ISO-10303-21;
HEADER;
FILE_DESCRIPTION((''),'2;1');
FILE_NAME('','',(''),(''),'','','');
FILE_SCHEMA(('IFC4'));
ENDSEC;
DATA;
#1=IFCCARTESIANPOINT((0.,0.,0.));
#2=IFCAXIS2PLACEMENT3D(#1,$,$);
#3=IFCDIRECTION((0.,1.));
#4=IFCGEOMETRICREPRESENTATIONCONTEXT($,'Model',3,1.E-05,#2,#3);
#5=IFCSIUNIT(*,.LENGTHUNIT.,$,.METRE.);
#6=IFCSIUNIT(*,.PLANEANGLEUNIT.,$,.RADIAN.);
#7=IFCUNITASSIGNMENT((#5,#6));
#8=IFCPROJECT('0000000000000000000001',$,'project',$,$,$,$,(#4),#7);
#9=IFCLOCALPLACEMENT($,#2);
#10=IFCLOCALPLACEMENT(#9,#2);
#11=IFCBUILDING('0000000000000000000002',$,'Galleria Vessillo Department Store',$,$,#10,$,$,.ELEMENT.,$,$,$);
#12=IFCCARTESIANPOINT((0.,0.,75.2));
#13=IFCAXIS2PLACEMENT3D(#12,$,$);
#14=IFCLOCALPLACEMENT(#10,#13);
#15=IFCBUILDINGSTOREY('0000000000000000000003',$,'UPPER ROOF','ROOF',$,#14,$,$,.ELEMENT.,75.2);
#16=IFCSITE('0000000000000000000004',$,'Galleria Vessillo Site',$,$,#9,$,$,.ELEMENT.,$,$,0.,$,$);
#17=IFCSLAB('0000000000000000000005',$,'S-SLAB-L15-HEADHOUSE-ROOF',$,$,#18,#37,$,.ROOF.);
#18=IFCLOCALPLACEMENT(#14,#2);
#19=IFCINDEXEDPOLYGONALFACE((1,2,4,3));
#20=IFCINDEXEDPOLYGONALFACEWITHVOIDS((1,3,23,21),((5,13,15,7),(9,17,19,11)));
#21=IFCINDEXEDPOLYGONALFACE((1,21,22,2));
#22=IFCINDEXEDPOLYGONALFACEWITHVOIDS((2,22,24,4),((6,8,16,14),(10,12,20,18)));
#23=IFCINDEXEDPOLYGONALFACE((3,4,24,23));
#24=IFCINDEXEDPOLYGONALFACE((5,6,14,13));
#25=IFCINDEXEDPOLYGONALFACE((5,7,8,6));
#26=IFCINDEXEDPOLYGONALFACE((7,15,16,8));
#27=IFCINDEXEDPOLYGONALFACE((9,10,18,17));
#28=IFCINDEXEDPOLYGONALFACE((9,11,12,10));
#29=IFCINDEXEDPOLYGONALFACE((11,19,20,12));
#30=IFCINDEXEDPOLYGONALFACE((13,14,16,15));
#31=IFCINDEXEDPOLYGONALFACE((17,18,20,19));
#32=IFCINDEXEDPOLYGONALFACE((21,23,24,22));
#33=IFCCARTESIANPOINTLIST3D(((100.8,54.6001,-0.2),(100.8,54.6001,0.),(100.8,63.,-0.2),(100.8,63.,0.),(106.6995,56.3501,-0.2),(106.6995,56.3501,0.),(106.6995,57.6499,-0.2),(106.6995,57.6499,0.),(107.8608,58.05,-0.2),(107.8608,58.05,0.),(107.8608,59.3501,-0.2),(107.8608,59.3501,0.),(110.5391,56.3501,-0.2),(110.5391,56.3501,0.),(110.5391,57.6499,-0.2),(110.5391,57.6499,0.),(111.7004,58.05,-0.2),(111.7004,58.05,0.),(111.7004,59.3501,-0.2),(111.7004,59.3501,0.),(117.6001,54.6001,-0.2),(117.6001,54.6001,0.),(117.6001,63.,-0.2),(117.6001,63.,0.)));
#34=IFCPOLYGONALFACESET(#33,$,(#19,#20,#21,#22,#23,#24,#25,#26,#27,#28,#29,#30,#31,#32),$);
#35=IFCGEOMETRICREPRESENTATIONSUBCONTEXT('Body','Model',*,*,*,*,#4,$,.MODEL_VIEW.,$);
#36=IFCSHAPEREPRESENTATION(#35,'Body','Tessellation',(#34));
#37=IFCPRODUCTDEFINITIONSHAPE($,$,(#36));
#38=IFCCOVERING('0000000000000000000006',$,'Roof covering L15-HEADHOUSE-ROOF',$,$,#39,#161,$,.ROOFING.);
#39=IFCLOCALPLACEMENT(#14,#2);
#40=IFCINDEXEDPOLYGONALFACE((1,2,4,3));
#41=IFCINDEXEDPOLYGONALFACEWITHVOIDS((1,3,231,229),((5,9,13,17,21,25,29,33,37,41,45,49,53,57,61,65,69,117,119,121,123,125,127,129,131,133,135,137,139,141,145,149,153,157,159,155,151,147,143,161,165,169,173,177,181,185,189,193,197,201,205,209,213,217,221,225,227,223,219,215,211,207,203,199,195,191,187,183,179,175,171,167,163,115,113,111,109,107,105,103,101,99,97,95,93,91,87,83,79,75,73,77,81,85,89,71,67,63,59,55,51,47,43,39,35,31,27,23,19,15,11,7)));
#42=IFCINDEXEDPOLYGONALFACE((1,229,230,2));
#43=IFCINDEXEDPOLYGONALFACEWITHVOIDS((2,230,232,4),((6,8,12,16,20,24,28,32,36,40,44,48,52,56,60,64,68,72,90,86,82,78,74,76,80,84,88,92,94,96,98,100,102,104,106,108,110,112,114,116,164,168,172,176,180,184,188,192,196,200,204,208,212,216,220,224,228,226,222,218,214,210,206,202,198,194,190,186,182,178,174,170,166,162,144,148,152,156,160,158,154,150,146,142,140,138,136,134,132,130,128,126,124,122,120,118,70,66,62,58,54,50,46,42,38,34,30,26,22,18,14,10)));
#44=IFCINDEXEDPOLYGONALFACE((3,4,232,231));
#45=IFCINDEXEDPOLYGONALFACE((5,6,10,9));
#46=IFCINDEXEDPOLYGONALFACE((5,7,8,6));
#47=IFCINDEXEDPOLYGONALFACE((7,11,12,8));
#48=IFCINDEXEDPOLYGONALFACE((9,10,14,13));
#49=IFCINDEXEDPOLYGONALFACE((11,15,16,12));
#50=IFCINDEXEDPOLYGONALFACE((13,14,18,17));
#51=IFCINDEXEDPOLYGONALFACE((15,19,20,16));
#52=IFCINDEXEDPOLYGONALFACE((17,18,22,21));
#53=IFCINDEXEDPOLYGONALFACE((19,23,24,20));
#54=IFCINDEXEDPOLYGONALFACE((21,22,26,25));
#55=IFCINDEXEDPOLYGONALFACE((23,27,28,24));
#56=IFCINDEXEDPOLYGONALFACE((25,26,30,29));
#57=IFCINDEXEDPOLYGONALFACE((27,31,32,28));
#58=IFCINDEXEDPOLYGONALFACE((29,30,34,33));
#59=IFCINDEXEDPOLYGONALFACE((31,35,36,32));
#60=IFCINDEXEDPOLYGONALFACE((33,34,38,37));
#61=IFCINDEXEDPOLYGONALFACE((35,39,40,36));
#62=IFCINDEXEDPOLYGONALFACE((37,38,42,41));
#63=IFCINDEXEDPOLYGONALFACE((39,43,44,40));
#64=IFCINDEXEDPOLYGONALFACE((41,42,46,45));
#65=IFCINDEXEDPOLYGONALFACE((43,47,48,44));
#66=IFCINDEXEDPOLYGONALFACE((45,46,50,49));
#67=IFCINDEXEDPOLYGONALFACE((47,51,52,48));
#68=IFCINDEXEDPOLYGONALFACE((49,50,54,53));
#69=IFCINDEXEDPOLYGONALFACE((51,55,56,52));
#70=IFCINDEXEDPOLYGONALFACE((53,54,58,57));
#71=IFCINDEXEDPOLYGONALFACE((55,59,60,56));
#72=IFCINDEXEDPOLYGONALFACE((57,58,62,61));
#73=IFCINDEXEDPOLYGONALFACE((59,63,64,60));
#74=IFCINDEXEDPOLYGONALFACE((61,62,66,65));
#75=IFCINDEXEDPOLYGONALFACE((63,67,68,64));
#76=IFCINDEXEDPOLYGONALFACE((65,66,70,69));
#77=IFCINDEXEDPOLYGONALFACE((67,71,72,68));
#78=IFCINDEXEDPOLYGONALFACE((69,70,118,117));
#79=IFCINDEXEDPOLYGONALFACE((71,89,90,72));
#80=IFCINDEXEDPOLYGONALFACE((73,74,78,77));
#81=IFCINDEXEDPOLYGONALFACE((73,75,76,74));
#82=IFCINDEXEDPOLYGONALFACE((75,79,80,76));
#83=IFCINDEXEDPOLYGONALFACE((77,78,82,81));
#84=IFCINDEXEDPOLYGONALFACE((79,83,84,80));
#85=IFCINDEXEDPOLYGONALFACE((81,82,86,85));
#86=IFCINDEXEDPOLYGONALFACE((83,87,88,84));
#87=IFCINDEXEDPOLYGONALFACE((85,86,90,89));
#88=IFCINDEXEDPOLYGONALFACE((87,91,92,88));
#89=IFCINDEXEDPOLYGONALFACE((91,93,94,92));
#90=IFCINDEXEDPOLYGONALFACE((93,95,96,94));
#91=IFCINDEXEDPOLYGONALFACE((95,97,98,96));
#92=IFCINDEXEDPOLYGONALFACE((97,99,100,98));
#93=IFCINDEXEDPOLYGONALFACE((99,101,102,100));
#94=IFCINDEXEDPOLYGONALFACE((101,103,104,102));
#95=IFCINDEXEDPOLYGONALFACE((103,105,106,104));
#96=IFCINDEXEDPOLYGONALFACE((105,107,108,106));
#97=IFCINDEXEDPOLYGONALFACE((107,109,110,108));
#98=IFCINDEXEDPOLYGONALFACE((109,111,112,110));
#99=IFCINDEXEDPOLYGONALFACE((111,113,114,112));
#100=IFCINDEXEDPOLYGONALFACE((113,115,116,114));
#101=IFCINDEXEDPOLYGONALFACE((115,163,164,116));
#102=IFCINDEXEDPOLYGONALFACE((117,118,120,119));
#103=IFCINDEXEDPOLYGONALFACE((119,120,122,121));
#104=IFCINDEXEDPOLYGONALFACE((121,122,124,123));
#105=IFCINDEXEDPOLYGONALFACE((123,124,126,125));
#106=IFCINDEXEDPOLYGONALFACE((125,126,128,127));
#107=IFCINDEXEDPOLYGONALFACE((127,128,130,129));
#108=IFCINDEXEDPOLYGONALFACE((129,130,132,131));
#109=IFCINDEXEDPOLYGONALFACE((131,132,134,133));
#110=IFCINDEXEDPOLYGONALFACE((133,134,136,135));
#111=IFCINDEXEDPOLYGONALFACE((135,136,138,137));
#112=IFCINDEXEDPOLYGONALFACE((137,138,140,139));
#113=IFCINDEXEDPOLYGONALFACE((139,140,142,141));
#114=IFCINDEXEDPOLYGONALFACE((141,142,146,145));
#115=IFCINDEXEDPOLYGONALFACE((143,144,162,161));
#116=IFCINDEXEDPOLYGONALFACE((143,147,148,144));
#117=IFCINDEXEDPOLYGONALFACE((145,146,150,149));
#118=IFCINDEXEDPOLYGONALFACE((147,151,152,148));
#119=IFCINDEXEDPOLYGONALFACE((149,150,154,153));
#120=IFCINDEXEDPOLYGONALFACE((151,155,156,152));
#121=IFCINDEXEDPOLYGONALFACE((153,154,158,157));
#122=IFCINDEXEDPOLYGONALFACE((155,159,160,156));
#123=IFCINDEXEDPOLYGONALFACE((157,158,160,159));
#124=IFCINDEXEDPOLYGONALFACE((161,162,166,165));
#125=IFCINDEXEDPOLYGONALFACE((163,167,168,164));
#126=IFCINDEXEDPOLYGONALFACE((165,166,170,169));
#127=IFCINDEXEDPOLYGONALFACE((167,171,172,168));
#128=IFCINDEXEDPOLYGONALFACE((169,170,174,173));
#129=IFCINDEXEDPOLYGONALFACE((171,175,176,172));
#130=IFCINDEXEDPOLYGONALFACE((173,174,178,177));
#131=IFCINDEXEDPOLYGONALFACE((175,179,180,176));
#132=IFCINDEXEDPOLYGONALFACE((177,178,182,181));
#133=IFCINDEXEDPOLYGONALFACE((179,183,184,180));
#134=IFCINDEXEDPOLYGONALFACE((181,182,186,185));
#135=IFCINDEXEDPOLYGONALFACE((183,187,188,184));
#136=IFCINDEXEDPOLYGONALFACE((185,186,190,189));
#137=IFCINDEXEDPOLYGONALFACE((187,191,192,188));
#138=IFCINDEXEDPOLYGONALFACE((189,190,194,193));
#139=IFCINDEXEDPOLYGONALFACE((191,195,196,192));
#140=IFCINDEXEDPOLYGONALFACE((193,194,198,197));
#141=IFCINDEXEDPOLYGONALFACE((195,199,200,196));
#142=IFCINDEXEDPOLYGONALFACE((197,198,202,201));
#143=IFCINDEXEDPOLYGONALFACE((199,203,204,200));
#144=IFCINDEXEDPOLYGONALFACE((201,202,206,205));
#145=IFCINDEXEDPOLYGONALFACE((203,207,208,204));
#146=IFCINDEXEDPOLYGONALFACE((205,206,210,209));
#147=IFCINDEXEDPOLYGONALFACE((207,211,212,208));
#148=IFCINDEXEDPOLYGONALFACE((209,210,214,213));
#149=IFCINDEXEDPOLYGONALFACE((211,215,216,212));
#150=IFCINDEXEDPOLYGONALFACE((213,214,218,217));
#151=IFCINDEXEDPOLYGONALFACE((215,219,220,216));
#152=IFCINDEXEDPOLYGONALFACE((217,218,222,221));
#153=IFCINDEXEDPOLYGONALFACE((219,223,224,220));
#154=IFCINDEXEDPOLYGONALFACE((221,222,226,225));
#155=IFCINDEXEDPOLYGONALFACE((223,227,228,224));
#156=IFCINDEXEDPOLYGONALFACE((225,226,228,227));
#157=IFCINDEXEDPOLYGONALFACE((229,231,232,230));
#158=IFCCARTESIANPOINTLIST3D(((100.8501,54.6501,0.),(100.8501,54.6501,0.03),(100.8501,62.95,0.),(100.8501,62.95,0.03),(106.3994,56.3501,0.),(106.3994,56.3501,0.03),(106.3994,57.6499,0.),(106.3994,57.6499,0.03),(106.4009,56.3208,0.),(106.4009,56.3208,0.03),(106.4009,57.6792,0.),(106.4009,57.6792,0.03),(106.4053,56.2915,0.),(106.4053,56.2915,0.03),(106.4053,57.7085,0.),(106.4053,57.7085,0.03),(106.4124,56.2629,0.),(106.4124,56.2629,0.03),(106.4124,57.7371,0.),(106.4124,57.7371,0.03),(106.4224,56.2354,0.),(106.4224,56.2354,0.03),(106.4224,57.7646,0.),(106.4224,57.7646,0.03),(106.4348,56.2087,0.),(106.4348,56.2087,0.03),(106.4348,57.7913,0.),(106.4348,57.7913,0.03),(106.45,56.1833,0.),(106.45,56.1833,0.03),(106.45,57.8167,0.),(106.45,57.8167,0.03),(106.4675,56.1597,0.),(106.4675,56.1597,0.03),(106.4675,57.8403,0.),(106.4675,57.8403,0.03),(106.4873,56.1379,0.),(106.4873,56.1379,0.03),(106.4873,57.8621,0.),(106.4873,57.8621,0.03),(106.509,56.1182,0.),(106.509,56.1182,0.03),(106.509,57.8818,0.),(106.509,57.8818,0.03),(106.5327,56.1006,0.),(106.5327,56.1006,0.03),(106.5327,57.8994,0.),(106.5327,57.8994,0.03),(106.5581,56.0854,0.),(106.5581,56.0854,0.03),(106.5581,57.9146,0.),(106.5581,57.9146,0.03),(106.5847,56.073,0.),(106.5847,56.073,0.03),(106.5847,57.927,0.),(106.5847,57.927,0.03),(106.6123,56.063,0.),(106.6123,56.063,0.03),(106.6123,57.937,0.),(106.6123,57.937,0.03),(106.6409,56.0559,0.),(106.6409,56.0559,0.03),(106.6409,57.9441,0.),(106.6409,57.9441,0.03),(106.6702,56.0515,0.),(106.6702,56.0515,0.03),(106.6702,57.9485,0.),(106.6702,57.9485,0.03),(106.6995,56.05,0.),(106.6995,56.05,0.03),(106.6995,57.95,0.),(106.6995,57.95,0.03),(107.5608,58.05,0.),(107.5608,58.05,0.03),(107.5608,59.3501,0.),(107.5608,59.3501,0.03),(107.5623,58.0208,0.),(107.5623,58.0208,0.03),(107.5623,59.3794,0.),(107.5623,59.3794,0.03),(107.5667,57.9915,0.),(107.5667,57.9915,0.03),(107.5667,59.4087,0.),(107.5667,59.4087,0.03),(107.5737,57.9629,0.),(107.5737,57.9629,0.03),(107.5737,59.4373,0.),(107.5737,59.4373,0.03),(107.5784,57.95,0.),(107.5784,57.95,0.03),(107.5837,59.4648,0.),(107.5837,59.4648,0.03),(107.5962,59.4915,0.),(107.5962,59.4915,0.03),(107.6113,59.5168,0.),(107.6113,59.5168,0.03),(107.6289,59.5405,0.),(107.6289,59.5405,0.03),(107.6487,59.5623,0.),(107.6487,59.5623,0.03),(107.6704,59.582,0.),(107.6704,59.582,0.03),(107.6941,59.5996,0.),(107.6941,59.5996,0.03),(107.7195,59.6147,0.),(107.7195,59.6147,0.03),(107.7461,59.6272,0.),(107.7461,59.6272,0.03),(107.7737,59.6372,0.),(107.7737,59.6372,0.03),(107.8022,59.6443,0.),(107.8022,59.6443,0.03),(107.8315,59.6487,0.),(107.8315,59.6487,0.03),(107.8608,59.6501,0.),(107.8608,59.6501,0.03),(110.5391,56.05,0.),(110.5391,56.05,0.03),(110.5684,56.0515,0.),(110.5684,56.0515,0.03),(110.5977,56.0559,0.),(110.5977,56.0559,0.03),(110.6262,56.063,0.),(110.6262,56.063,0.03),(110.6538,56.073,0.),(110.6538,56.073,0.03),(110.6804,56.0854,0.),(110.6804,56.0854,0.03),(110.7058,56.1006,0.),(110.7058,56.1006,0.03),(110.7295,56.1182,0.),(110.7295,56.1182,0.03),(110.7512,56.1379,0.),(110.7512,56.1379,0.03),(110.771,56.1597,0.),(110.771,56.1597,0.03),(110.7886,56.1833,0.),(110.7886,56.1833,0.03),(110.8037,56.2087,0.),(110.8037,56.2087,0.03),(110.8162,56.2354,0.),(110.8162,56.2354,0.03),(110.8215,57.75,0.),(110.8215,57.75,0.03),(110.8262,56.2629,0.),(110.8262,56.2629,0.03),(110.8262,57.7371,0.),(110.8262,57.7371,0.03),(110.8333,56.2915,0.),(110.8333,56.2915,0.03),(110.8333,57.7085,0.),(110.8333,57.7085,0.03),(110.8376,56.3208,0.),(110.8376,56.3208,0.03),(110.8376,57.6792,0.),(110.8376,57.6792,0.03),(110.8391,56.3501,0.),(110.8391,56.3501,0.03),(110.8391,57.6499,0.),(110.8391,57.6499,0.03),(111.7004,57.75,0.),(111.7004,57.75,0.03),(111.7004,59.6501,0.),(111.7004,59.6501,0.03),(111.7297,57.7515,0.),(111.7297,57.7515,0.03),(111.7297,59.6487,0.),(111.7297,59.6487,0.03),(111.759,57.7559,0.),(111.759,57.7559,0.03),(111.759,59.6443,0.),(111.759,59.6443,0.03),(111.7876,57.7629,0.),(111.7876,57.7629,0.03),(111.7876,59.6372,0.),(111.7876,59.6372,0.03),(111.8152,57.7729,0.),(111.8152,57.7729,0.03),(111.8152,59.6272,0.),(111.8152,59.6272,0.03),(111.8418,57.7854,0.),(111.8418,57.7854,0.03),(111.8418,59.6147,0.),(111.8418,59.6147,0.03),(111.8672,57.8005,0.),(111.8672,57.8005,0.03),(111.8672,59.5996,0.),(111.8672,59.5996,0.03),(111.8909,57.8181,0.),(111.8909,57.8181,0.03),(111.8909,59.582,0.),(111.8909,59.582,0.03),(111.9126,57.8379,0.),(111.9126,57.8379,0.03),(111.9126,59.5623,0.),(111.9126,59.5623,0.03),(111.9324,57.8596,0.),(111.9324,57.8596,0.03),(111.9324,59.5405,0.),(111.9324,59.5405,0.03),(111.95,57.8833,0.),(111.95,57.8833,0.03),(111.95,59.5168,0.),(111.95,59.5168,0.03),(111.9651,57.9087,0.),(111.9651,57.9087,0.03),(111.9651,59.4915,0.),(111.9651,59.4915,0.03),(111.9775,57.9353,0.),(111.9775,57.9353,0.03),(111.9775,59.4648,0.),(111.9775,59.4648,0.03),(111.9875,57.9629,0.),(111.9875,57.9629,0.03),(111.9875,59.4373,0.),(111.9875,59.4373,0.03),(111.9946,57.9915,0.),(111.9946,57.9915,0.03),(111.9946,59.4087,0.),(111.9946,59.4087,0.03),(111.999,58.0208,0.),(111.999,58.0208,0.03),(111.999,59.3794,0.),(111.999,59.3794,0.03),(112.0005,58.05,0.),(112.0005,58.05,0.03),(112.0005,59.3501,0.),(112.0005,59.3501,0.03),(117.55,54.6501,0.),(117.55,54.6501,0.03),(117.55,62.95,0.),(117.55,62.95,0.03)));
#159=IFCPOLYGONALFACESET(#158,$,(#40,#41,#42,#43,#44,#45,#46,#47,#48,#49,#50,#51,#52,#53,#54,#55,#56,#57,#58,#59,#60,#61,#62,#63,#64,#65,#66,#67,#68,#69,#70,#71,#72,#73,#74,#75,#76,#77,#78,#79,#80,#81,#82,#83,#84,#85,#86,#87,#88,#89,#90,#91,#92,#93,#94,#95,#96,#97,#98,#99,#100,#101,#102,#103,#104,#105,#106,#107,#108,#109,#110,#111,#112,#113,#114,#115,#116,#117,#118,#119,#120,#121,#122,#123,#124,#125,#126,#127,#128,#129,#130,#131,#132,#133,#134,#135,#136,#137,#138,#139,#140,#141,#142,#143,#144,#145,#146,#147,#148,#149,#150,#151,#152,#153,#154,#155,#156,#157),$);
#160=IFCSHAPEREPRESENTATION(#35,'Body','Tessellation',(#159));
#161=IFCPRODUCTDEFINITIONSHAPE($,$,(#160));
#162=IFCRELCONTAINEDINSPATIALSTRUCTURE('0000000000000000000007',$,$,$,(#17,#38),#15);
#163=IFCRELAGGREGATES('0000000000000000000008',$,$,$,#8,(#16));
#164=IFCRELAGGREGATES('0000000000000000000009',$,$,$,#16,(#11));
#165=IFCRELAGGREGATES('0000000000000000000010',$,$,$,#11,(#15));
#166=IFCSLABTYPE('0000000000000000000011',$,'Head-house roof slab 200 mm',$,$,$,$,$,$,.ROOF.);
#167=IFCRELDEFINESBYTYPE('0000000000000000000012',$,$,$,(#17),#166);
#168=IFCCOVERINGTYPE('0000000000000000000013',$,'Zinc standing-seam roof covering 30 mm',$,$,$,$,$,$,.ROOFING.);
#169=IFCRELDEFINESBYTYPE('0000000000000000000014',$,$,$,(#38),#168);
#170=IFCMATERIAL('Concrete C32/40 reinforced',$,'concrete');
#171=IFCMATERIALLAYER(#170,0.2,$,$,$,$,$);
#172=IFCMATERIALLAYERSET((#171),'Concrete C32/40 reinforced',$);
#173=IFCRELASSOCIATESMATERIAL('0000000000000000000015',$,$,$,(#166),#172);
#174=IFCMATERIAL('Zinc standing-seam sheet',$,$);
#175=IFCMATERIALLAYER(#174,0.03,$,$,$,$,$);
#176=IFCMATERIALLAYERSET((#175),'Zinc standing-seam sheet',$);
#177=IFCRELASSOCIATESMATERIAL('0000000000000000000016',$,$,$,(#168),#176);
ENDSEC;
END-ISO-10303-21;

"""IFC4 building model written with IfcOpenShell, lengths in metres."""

from ifc_helpers import new_model, si_unit, direction, frame, origin, place, context, subcontext, project, spatial, polyline, outline, extrude, material, layer, layer_set, type_object, element, save


model = new_model("IFC4")

# Units and contexts
model_context = context("Model", 3, precision=1e-05, world=origin(), true_north=direction((0.0, 1.0)))
body_context = subcontext(model_context, "Body", "Model", "MODEL_VIEW")
ifc_project = project(units=[si_unit("LENGTHUNIT", "METRE"), si_unit("PLANEANGLEUNIT", "RADIAN")], contexts=[model_context])

# Site, building, storey
site_placement = place(None, origin())
site = spatial("IfcSite", under=ifc_project, at=site_placement, Name="Galleria Vessillo Site", CompositionType="ELEMENT", RefElevation=0.0)
building_placement = place(site_placement, origin())
building = spatial("IfcBuilding", under=site, at=building_placement, Name="Galleria Vessillo Department Store", CompositionType="ELEMENT")
storey_placement = place(building_placement, frame((0.0, 0.0, 75.2)))
storey = spatial("IfcBuildingStorey", under=building, at=storey_placement, Name="UPPER ROOF", Description="ROOF", CompositionType="ELEMENT", Elevation=75.2)

# Slab
ifc_material_1 = material(Name="Concrete C32/40 reinforced", Category="concrete")
ifc_layer_1 = layer(ifc_material_1, 0.2)
ifc_layer_set_1 = layer_set([ifc_layer_1], Name="Concrete C32/40 reinforced")
slab_type = type_object("IfcSlabType", Name="Head-house roof slab 200 mm", PredefinedType="ROOF", material=ifc_layer_set_1)
slab_placement = place(storey_placement, frame((0.0, 0.0, -0.2)))
element("IfcSlab", 1, at=slab_placement, inside=storey, type_object=slab_type, Name="S-SLAB-L15-HEADHOUSE-ROOF", PredefinedType="ROOF", context=body_context, shape_type="SweptSolid", body=[
    extrude(outline(polyline([(117.6001, 54.6001), (117.6001, 63.0), (100.8, 63.0), (100.8, 54.6001), (117.6001, 54.6001)]), holes=[polyline([(110.5391, 56.3501), (110.5391, 57.6499), (106.6995, 57.6499), (106.6995, 56.3501), (110.5391, 56.3501)]), polyline([(111.7004, 58.05), (111.7004, 59.3501), (107.8608, 59.3501), (107.8608, 58.05), (111.7004, 58.05)])]), origin(), (0.0, 0.0, 1.0), 0.2),
])

# Covering
ifc_material_2 = material(Name="Zinc standing-seam sheet")
ifc_layer_2 = layer(ifc_material_2, 0.03)
ifc_layer_set_2 = layer_set([ifc_layer_2], Name="Zinc standing-seam sheet")
covering_type = type_object("IfcCoveringType", Name="Zinc standing-seam roof covering 30 mm", PredefinedType="ROOFING", material=ifc_layer_set_2)
covering_placement = place(storey_placement, origin())
element("IfcCovering", 2, at=covering_placement, inside=storey, type_object=covering_type, Name="Roof covering L15-HEADHOUSE-ROOF", PredefinedType="ROOFING", context=body_context, shape_type="SweptSolid", body=[
    extrude(outline(polyline([(100.8501, 62.95), (117.55, 62.95), (117.55, 54.6501), (100.8501, 54.6501), (100.8501, 62.95)]), holes=[polyline([(110.5977, 56.0559), (110.6262, 56.063), (110.6538, 56.073), (110.6804, 56.0854), (110.7058, 56.1006), (110.7295, 56.1182), (110.7512, 56.1379), (110.771, 56.1597), (110.7886, 56.1833), (110.8037, 56.2087), (110.8162, 56.2354), (110.8262, 56.2629), (110.8333, 56.2915), (110.8376, 56.3208), (110.8391, 56.3501), (110.8391, 57.6499), (110.8376, 57.6792), (110.8333, 57.7085), (110.8262, 57.7371), (110.8215, 57.75), (111.7004, 57.75), (111.7297, 57.7515), (111.759, 57.7559), (111.7876, 57.7629), (111.8152, 57.7729), (111.8418, 57.7854), (111.8672, 57.8005), (111.8909, 57.8181), (111.9126, 57.8379), (111.9324, 57.8596), (111.95, 57.8833), (111.9651, 57.9087), (111.9775, 57.9353), (111.9875, 57.9629), (111.9946, 57.9915), (111.999, 58.0208), (112.0005, 58.05), (112.0005, 59.3501), (111.999, 59.3794), (111.9946, 59.4087), (111.9875, 59.4373), (111.9775, 59.4648), (111.9651, 59.4915), (111.95, 59.5168), (111.9324, 59.5405), (111.9126, 59.5623), (111.8909, 59.582), (111.8672, 59.5996), (111.8418, 59.6147), (111.8152, 59.6272), (111.7876, 59.6372), (111.759, 59.6443), (111.7297, 59.6487), (111.7004, 59.6501), (107.8608, 59.6501), (107.8315, 59.6487), (107.8022, 59.6443), (107.7737, 59.6372), (107.7461, 59.6272), (107.7195, 59.6147), (107.6941, 59.5996), (107.6704, 59.582), (107.6487, 59.5623), (107.6289, 59.5405), (107.6113, 59.5168), (107.5962, 59.4915), (107.5837, 59.4648), (107.5737, 59.4373), (107.5667, 59.4087), (107.5623, 59.3794), (107.5608, 59.3501), (107.5608, 58.05), (107.5623, 58.0208), (107.5667, 57.9915), (107.5737, 57.9629), (107.5784, 57.95), (106.6995, 57.95), (106.6702, 57.9485), (106.6409, 57.9441), (106.6123, 57.937), (106.5847, 57.927), (106.5581, 57.9146), (106.5327, 57.8994), (106.509, 57.8818), (106.4873, 57.8621), (106.4675, 57.8403), (106.45, 57.8167), (106.4348, 57.7913), (106.4224, 57.7646), (106.4124, 57.7371), (106.4053, 57.7085), (106.4009, 57.6792), (106.3994, 57.6499), (106.3994, 56.3501), (106.4009, 56.3208), (106.4053, 56.2915), (106.4124, 56.2629), (106.4224, 56.2354), (106.4348, 56.2087), (106.45, 56.1833), (106.4675, 56.1597), (106.4873, 56.1379), (106.509, 56.1182), (106.5327, 56.1006), (106.5581, 56.0854), (106.5847, 56.073), (106.6123, 56.063), (106.6409, 56.0559), (106.6702, 56.0515), (106.6995, 56.05), (110.5391, 56.05), (110.5684, 56.0515), (110.5977, 56.0559)])]), origin(), (0.0, 0.0, 1.0), 0.03),
])

save(model, "model.ifc")
